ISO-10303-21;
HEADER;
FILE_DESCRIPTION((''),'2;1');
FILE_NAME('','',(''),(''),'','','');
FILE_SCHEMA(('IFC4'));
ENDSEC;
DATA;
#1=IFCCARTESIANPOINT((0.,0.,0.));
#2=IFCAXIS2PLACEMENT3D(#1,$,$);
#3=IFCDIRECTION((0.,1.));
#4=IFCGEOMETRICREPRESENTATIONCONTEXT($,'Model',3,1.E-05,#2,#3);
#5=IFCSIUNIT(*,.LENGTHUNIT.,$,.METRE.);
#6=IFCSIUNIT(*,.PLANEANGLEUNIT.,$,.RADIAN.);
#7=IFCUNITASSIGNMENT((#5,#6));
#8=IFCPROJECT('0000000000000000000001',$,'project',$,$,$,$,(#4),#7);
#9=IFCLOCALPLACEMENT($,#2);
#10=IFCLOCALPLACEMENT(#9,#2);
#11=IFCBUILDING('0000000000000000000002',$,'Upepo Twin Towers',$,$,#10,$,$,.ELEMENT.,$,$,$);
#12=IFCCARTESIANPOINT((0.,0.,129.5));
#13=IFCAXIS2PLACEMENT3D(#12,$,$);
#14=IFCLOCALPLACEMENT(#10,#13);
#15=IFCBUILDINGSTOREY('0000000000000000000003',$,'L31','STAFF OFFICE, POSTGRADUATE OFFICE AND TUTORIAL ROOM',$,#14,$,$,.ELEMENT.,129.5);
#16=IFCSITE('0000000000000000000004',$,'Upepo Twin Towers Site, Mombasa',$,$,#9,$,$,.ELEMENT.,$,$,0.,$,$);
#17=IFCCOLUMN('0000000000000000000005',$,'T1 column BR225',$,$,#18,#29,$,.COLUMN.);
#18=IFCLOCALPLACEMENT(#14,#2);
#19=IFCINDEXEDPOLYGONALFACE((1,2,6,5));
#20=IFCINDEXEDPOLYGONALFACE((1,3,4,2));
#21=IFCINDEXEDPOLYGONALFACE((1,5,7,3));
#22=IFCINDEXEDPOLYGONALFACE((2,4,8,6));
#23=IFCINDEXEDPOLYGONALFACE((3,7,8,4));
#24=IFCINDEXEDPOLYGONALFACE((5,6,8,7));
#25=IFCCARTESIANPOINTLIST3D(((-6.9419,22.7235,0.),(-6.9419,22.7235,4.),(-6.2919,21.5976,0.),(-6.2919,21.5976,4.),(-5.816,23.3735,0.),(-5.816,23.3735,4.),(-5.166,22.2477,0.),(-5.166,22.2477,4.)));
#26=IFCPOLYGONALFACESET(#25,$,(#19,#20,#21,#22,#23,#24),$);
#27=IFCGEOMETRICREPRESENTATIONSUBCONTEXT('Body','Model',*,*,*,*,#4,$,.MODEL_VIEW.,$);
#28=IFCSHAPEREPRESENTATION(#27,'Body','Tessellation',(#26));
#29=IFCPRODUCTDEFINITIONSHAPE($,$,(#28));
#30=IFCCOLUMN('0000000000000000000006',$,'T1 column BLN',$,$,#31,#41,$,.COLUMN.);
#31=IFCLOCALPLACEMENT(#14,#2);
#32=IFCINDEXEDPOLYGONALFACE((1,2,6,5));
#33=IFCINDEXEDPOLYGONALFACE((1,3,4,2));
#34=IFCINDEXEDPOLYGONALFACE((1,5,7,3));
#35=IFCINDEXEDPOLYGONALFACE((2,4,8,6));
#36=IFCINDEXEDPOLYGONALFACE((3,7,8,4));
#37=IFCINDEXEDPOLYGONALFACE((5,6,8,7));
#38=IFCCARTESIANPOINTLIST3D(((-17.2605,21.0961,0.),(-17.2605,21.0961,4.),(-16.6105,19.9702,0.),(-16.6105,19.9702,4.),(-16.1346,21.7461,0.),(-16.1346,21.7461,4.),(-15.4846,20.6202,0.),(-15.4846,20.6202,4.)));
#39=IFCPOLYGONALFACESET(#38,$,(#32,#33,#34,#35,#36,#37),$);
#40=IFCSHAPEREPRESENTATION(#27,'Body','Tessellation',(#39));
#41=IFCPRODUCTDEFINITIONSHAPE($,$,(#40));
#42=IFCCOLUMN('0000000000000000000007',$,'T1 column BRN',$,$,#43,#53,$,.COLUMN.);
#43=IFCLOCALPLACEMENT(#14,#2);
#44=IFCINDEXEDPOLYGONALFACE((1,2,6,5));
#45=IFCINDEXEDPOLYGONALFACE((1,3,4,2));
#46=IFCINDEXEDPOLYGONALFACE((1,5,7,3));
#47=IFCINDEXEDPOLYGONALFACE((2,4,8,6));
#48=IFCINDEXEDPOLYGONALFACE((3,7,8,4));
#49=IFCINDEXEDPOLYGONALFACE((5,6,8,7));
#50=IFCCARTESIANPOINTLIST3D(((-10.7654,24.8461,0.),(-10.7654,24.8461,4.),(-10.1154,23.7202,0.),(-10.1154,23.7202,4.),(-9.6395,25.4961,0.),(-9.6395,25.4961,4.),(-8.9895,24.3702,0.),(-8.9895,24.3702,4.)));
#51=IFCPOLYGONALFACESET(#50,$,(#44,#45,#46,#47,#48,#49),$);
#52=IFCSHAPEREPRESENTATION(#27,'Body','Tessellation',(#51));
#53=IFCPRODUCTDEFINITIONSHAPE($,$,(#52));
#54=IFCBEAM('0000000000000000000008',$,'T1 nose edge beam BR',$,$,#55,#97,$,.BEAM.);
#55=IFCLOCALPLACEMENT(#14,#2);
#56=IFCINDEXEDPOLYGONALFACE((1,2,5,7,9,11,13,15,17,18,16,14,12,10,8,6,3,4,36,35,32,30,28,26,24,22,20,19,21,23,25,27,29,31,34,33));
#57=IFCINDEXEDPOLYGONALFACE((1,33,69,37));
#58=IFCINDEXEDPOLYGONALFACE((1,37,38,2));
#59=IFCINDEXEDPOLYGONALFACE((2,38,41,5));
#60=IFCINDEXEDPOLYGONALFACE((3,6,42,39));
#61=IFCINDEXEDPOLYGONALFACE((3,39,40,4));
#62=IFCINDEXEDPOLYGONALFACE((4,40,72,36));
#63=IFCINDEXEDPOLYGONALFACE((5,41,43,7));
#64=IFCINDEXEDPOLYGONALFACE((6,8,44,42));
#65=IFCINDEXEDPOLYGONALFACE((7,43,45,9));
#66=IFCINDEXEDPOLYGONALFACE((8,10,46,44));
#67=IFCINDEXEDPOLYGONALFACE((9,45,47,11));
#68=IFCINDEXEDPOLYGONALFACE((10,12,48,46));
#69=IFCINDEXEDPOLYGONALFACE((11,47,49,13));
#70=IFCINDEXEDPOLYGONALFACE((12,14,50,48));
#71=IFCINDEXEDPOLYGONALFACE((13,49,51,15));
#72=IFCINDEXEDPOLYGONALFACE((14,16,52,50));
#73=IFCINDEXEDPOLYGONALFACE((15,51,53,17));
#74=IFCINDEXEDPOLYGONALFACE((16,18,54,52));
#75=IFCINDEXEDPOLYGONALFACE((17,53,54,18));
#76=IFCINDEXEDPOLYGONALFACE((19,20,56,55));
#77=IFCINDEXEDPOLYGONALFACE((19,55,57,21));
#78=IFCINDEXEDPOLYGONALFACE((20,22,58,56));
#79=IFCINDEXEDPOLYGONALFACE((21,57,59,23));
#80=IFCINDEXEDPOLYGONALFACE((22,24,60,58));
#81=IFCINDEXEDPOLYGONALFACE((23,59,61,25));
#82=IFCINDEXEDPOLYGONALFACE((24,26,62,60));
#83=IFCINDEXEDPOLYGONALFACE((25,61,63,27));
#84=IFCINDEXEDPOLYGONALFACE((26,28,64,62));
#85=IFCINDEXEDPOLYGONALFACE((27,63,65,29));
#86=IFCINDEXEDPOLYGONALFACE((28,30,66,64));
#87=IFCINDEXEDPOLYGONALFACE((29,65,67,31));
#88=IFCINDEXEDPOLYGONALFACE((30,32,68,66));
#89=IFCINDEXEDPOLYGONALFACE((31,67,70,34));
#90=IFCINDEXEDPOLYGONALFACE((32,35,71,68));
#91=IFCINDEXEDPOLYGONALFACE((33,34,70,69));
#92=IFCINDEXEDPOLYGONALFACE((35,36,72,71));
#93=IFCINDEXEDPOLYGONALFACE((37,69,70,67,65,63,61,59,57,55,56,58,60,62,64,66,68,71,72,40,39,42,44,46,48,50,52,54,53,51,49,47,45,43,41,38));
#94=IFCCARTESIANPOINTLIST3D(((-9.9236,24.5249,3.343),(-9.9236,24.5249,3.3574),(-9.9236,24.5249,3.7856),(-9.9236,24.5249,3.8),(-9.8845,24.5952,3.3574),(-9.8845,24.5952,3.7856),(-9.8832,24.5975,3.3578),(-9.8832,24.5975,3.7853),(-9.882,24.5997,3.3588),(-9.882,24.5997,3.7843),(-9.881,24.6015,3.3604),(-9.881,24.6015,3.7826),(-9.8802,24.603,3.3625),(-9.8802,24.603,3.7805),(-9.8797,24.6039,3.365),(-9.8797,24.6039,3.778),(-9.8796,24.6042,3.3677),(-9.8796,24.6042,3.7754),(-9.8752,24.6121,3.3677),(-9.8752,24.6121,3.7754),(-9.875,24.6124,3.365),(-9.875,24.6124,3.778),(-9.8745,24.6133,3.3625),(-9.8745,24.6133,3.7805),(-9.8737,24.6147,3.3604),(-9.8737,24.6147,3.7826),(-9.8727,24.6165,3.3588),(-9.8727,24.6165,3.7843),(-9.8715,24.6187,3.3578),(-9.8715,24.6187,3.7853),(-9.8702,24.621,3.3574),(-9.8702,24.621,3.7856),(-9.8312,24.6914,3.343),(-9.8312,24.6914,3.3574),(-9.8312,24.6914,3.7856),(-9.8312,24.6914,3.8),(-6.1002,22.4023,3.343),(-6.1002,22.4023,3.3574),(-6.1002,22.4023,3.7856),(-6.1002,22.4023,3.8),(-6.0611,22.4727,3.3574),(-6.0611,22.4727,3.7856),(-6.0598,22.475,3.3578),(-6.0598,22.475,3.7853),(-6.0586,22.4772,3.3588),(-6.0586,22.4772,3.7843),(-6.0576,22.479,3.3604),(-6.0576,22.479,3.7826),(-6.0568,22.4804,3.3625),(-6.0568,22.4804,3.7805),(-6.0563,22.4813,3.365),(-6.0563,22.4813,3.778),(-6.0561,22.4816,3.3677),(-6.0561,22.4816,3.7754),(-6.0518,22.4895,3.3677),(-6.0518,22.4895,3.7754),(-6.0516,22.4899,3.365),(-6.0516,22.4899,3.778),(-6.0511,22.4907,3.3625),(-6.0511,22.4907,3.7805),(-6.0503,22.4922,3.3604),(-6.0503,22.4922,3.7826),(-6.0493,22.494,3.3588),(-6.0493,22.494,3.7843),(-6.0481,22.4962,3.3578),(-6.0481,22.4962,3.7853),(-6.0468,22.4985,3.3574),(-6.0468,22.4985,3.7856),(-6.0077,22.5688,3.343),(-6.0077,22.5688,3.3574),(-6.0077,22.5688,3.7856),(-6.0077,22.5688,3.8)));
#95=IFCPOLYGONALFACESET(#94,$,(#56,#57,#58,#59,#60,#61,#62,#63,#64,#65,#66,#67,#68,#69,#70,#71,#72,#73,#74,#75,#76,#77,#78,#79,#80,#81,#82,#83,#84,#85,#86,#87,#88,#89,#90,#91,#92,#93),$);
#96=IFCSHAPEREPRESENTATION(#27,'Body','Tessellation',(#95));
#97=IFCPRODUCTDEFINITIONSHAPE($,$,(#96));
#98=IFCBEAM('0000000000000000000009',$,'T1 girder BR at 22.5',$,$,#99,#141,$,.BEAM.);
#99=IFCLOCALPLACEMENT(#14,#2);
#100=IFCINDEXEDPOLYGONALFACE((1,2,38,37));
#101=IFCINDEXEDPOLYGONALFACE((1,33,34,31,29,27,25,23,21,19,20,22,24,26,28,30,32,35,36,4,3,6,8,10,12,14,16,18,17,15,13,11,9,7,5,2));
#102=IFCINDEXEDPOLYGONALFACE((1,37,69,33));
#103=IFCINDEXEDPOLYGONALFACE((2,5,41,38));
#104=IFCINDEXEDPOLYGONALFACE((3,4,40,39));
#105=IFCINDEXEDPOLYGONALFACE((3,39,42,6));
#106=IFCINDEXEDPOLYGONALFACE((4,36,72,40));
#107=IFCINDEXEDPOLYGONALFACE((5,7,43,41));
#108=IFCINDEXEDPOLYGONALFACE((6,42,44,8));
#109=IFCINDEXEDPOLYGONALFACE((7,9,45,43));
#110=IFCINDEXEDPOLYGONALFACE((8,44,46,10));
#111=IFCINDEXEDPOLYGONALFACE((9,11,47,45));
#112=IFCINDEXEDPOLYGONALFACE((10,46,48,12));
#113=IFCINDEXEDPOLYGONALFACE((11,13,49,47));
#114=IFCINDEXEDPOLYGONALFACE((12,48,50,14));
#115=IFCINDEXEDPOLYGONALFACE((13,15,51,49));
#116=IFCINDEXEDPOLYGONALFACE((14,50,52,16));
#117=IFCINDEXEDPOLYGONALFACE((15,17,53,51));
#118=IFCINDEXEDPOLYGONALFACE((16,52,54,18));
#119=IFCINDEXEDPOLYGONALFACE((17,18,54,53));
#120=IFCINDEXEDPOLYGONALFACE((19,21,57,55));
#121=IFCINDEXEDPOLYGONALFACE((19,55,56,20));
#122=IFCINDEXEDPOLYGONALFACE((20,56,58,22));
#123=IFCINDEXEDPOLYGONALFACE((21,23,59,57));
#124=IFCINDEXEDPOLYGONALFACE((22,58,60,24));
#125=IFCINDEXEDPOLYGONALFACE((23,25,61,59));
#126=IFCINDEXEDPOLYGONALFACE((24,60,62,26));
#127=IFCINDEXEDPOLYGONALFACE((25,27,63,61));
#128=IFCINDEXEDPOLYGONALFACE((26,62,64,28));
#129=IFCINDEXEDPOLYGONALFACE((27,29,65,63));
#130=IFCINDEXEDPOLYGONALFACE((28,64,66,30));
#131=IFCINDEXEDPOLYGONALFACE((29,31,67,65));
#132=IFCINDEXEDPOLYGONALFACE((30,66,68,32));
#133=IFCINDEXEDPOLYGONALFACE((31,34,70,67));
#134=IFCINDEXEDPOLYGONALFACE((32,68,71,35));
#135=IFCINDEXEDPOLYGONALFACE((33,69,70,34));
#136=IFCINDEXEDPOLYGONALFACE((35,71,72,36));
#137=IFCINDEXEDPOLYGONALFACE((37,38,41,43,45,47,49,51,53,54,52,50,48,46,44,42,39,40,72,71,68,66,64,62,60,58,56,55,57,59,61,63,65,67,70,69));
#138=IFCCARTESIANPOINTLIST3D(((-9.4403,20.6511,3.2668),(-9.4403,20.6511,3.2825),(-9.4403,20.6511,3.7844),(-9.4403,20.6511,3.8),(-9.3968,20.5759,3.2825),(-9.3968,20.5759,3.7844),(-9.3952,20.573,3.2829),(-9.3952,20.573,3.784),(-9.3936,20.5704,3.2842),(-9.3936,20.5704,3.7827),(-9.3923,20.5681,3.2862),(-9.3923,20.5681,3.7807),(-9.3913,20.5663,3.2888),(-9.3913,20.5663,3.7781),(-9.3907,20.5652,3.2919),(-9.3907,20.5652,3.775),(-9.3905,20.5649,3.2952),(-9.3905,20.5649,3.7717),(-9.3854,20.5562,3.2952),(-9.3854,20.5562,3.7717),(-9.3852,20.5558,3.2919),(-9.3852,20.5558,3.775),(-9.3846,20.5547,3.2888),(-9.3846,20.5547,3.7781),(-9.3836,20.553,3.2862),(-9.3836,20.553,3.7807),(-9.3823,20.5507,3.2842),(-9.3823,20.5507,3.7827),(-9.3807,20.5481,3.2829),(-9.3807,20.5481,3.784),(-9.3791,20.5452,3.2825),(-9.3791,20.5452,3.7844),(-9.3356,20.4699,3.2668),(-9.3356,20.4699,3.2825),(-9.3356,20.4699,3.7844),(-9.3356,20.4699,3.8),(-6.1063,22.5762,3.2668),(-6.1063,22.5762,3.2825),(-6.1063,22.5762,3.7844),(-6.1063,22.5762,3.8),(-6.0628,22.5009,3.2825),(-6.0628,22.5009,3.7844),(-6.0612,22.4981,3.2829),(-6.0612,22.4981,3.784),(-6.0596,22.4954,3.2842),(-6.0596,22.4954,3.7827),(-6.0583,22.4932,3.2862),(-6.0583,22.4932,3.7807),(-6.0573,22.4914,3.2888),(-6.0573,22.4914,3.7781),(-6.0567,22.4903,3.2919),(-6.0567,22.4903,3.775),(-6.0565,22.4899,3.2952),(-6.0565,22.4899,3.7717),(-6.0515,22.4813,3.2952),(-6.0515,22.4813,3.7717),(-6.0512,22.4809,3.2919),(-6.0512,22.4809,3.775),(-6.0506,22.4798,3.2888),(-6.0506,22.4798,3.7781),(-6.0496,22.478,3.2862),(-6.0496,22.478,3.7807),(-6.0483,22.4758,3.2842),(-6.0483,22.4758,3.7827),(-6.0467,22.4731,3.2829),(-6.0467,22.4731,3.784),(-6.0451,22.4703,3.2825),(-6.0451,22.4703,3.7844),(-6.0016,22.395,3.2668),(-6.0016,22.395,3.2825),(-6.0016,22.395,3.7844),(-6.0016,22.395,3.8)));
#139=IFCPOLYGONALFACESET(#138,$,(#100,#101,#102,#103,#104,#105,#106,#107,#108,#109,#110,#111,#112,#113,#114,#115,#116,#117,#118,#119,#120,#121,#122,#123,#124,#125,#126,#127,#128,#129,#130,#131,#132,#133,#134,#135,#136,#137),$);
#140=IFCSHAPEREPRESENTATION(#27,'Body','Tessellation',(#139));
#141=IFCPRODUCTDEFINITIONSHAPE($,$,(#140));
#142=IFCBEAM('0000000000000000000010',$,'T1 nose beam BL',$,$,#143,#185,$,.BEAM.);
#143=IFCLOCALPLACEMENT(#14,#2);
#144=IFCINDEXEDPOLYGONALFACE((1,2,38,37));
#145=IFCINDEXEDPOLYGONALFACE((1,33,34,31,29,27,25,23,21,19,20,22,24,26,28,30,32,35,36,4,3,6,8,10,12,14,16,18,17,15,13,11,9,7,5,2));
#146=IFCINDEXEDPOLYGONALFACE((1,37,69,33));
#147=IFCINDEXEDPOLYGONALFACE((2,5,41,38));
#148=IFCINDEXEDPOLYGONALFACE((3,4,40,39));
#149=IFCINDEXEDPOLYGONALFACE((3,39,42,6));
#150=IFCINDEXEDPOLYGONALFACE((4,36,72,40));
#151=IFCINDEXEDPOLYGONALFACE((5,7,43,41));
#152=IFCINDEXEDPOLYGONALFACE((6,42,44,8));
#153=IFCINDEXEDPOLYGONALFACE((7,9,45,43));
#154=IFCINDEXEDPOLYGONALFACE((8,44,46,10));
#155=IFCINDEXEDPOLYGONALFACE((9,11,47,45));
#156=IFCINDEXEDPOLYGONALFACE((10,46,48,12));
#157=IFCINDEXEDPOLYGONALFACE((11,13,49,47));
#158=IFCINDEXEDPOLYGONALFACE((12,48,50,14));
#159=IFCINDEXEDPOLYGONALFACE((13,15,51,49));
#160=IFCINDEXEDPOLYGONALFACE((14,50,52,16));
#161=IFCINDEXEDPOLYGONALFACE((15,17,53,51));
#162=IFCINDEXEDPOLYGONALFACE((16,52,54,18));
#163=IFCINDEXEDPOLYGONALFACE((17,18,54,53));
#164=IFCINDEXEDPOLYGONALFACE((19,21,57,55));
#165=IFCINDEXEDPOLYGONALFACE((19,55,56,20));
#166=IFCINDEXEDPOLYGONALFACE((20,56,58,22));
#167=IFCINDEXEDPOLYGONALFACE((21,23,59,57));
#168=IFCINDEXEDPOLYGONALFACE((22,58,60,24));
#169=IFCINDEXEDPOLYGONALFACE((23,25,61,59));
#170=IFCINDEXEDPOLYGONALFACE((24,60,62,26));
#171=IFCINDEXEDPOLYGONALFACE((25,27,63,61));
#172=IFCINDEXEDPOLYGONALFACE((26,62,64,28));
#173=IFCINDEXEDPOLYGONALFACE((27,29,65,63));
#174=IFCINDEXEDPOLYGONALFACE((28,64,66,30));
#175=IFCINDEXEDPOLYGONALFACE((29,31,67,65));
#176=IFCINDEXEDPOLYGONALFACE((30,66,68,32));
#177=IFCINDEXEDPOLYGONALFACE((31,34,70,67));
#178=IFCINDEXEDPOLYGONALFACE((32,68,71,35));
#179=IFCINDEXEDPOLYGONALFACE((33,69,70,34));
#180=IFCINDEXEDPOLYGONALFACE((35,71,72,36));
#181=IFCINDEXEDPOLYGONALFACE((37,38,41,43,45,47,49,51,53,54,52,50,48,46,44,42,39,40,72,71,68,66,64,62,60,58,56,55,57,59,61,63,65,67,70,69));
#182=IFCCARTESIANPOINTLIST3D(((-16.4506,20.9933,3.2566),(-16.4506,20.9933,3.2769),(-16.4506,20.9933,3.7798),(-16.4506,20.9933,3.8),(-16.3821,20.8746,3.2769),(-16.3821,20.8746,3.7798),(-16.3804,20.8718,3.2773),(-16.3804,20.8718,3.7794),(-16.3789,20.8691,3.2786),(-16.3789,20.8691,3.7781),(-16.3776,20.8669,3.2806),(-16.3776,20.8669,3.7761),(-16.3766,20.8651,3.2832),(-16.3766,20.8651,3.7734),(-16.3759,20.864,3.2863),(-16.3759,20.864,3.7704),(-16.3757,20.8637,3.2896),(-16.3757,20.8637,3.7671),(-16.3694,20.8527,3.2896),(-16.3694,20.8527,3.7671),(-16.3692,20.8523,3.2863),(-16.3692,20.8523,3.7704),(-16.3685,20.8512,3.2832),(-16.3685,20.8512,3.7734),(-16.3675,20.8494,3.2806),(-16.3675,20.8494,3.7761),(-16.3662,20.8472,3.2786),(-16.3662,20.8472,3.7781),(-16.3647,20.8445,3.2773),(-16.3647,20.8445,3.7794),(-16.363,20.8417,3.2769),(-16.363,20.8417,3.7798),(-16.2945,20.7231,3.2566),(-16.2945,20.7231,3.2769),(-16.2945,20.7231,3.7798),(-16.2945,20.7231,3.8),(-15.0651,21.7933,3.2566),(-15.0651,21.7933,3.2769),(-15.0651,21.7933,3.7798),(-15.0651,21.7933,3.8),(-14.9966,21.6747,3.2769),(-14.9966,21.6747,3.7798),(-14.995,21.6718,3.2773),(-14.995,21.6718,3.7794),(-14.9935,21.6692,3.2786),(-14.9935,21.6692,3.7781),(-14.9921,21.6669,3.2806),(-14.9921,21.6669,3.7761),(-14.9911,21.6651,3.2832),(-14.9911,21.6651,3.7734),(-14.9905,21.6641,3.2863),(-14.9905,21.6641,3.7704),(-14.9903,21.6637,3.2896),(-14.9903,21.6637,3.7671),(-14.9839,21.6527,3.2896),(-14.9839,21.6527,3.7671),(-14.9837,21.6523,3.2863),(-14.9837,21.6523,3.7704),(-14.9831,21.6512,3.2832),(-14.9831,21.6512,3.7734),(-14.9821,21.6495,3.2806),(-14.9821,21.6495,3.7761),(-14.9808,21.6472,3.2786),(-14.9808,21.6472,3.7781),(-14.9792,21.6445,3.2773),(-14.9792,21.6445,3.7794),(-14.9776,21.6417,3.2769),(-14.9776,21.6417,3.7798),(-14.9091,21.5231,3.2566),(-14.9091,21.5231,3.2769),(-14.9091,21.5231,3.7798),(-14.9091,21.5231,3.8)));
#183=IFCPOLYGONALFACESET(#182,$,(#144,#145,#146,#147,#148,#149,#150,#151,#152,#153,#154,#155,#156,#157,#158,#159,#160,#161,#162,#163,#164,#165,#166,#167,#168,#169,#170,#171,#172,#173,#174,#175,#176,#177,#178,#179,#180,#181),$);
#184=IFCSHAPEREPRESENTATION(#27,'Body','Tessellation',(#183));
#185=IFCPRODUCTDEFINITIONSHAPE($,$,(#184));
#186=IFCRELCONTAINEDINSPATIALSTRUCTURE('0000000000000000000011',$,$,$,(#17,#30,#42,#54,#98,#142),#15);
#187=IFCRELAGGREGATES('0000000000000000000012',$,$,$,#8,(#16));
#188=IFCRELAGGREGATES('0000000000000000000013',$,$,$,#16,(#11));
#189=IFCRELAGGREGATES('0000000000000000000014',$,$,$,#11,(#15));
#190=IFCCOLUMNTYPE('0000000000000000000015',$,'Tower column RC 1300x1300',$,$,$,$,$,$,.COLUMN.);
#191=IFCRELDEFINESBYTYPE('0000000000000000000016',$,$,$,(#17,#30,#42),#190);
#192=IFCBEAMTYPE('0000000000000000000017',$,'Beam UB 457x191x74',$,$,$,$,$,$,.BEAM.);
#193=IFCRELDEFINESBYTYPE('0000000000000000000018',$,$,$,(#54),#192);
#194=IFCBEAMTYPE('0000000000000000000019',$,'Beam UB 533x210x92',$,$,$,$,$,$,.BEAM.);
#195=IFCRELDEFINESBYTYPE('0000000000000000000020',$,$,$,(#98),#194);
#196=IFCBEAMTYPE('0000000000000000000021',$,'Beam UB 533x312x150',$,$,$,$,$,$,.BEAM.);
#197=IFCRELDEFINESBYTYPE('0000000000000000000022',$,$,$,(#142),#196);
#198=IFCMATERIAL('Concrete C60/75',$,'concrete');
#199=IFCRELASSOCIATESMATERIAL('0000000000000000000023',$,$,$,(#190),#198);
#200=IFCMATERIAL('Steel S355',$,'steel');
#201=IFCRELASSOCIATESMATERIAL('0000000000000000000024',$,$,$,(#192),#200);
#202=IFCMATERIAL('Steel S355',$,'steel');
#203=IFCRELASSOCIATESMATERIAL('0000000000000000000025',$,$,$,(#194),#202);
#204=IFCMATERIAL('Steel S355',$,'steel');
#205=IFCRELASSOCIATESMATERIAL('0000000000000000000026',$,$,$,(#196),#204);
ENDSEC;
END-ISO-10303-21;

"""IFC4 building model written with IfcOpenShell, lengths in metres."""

from ifc_helpers import new_model, si_unit, direction, frame, origin, origin_2d, place, context, subcontext, project, spatial, rectangle, i_section, extrude, material, material_profile, profile_set, type_object, element, save


model = new_model("IFC4")

# Units and contexts
model_context = context("Model", 3, precision=1e-05, world=origin(), true_north=direction((0.0, 1.0)))
body_context = subcontext(model_context, "Body", "Model", "MODEL_VIEW")
ifc_project = project(units=[si_unit("LENGTHUNIT", "METRE"), si_unit("PLANEANGLEUNIT", "RADIAN")], contexts=[model_context])

# Site, building, storey
site_placement = place(None, origin())
site = spatial("IfcSite", under=ifc_project, at=site_placement, Name="Upepo Twin Towers Site, Mombasa", CompositionType="ELEMENT", RefElevation=0.0)
building_placement = place(site_placement, origin())
building = spatial("IfcBuilding", under=site, at=building_placement, Name="Upepo Twin Towers", CompositionType="ELEMENT")
storey_placement = place(building_placement, frame((0.0, 0.0, 129.5)))
storey = spatial("IfcBuildingStorey", under=building, at=storey_placement, Name="L31", Description="STAFF OFFICE, POSTGRADUATE OFFICE AND TUTORIAL ROOM", CompositionType="ELEMENT", Elevation=129.5)

# Columns
ifc_material_1 = material(Name="Concrete C60/75", Category="concrete")
ifc_material_profile_1 = material_profile(ifc_material_1, rectangle(XDim=1.3, YDim=1.3, at=origin_2d()), Name="RC 1300x1300")
ifc_profile_set_1 = profile_set([ifc_material_profile_1], Name="Concrete C60/75")
column_type = type_object("IfcColumnType", Name="Tower column RC 1300x1300", PredefinedType="COLUMN", material=ifc_profile_set_1)
for number, where, z_axis, x_axis, name in (
    (1, (-6.054, 22.4856, 0.0), (0.0, 0.0, 1.0), (0.866025, 0.5, 0.0), "T1 column BR225"),
    (2, (-16.3726, 20.8582, 0.0), (0.0, 0.0, 1.0), (0.866025, 0.5, 0.0), "T1 column BLN"),
    (3, (-9.8774, 24.6082, 0.0), (0.0, 0.0, 1.0), (0.866025, 0.5, 0.0), "T1 column BRN"),
):
    element("IfcColumn", number, at=place(storey_placement, frame(where, z_axis=z_axis, x_axis=x_axis)), inside=storey, type_object=column_type, Name=name, PredefinedType="COLUMN", context=body_context, shape_type="SweptSolid", body=[
        extrude(rectangle(XDim=1.3, YDim=1.3, at=origin_2d()), origin(), (0.0, 0.0, 1.0), 4.0),
    ])

# Beams
ifc_material_2 = material(Name="Steel S355", Category="steel")
ifc_material_profile_2 = material_profile(ifc_material_2, i_section(OverallWidth=0.1904, OverallDepth=0.457, WebThickness=0.009, FlangeThickness=0.0144, FilletRadius=0.0103, at=origin_2d()), Name="UB 457x191x74")
ifc_profile_set_2 = profile_set([ifc_material_profile_2], Name="Steel S355")
beam_type_1 = type_object("IfcBeamType", Name="Beam UB 457x191x74", PredefinedType="BEAM", material=ifc_profile_set_2)
beam_1_placement = place(storey_placement, frame((-6.054, 22.4856, 3.5715), z_axis=(-0.874313, 0.485363, 0.0), x_axis=(-0.485363, -0.874313, 0.0)))
element("IfcBeam", 4, at=beam_1_placement, inside=storey, type_object=beam_type_1, Name="T1 nose edge beam BR", PredefinedType="BEAM", context=body_context, shape_type="SweptSolid", body=[
    extrude(i_section(OverallWidth=0.1904, OverallDepth=0.457, WebThickness=0.009, FlangeThickness=0.0144, FilletRadius=0.0103, at=origin_2d()), origin(), (0.0, 0.0, 1.0), 4.373),
])
ifc_material_3 = material(Name="Steel S355", Category="steel")
ifc_material_profile_3 = material_profile(ifc_material_3, i_section(OverallWidth=0.2092, OverallDepth=0.5332, WebThickness=0.01, FlangeThickness=0.0156, FilletRadius=0.0127, at=origin_2d()), Name="UB 533x210x92")
ifc_profile_set_3 = profile_set([ifc_material_profile_3], Name="Steel S355")
beam_type_2 = type_object("IfcBeamType", Name="Beam UB 533x210x92", PredefinedType="BEAM", material=ifc_profile_set_3)
beam_2_placement = place(storey_placement, frame((-6.054, 22.4856, 3.5334), z_axis=(-0.866006, -0.500034, 0.0), x_axis=(0.500034, -0.866006, 0.0)))
element("IfcBeam", 5, at=beam_2_placement, inside=storey, type_object=beam_type_2, Name="T1 girder BR at 22.5", PredefinedType="BEAM", context=body_context, shape_type="SweptSolid", body=[
    extrude(i_section(OverallWidth=0.2092, OverallDepth=0.5332, WebThickness=0.01, FlangeThickness=0.0156, FilletRadius=0.0127, at=origin_2d()), origin(), (0.0, 0.0, 1.0), 3.8499),
])
ifc_material_4 = material(Name="Steel S355", Category="steel")
ifc_material_profile_4 = material_profile(ifc_material_4, i_section(OverallWidth=0.312, OverallDepth=0.5435, WebThickness=0.0127, FlangeThickness=0.0203, FilletRadius=0.0127, at=origin_2d()), Name="UB 533x312x150")
ifc_profile_set_4 = profile_set([ifc_material_profile_4], Name="Steel S355")
beam_type_3 = type_object("IfcBeamType", Name="Beam UB 533x312x150", PredefinedType="BEAM", material=ifc_profile_set_4)
for number, where, z_axis, x_axis, name in (
    (6, (-16.3726, 20.8582, 3.5283), (0.86599, 0.500061, 0.0), (-0.500061, 0.86599, 0.0), "T1 nose beam BL"),
):
    element("IfcBeam", number, at=place(storey_placement, frame(where, z_axis=z_axis, x_axis=x_axis)), inside=storey, type_object=beam_type_3, Name=name, PredefinedType="BEAM", context=body_context, shape_type="SweptSolid", body=[
        extrude(i_section(OverallWidth=0.312, OverallDepth=0.5435, WebThickness=0.0127, FlangeThickness=0.0203, FilletRadius=0.0127, at=origin_2d()), origin(), (0.0, 0.0, 1.0), 1.5999),
    ])

save(model, "model.ifc")
